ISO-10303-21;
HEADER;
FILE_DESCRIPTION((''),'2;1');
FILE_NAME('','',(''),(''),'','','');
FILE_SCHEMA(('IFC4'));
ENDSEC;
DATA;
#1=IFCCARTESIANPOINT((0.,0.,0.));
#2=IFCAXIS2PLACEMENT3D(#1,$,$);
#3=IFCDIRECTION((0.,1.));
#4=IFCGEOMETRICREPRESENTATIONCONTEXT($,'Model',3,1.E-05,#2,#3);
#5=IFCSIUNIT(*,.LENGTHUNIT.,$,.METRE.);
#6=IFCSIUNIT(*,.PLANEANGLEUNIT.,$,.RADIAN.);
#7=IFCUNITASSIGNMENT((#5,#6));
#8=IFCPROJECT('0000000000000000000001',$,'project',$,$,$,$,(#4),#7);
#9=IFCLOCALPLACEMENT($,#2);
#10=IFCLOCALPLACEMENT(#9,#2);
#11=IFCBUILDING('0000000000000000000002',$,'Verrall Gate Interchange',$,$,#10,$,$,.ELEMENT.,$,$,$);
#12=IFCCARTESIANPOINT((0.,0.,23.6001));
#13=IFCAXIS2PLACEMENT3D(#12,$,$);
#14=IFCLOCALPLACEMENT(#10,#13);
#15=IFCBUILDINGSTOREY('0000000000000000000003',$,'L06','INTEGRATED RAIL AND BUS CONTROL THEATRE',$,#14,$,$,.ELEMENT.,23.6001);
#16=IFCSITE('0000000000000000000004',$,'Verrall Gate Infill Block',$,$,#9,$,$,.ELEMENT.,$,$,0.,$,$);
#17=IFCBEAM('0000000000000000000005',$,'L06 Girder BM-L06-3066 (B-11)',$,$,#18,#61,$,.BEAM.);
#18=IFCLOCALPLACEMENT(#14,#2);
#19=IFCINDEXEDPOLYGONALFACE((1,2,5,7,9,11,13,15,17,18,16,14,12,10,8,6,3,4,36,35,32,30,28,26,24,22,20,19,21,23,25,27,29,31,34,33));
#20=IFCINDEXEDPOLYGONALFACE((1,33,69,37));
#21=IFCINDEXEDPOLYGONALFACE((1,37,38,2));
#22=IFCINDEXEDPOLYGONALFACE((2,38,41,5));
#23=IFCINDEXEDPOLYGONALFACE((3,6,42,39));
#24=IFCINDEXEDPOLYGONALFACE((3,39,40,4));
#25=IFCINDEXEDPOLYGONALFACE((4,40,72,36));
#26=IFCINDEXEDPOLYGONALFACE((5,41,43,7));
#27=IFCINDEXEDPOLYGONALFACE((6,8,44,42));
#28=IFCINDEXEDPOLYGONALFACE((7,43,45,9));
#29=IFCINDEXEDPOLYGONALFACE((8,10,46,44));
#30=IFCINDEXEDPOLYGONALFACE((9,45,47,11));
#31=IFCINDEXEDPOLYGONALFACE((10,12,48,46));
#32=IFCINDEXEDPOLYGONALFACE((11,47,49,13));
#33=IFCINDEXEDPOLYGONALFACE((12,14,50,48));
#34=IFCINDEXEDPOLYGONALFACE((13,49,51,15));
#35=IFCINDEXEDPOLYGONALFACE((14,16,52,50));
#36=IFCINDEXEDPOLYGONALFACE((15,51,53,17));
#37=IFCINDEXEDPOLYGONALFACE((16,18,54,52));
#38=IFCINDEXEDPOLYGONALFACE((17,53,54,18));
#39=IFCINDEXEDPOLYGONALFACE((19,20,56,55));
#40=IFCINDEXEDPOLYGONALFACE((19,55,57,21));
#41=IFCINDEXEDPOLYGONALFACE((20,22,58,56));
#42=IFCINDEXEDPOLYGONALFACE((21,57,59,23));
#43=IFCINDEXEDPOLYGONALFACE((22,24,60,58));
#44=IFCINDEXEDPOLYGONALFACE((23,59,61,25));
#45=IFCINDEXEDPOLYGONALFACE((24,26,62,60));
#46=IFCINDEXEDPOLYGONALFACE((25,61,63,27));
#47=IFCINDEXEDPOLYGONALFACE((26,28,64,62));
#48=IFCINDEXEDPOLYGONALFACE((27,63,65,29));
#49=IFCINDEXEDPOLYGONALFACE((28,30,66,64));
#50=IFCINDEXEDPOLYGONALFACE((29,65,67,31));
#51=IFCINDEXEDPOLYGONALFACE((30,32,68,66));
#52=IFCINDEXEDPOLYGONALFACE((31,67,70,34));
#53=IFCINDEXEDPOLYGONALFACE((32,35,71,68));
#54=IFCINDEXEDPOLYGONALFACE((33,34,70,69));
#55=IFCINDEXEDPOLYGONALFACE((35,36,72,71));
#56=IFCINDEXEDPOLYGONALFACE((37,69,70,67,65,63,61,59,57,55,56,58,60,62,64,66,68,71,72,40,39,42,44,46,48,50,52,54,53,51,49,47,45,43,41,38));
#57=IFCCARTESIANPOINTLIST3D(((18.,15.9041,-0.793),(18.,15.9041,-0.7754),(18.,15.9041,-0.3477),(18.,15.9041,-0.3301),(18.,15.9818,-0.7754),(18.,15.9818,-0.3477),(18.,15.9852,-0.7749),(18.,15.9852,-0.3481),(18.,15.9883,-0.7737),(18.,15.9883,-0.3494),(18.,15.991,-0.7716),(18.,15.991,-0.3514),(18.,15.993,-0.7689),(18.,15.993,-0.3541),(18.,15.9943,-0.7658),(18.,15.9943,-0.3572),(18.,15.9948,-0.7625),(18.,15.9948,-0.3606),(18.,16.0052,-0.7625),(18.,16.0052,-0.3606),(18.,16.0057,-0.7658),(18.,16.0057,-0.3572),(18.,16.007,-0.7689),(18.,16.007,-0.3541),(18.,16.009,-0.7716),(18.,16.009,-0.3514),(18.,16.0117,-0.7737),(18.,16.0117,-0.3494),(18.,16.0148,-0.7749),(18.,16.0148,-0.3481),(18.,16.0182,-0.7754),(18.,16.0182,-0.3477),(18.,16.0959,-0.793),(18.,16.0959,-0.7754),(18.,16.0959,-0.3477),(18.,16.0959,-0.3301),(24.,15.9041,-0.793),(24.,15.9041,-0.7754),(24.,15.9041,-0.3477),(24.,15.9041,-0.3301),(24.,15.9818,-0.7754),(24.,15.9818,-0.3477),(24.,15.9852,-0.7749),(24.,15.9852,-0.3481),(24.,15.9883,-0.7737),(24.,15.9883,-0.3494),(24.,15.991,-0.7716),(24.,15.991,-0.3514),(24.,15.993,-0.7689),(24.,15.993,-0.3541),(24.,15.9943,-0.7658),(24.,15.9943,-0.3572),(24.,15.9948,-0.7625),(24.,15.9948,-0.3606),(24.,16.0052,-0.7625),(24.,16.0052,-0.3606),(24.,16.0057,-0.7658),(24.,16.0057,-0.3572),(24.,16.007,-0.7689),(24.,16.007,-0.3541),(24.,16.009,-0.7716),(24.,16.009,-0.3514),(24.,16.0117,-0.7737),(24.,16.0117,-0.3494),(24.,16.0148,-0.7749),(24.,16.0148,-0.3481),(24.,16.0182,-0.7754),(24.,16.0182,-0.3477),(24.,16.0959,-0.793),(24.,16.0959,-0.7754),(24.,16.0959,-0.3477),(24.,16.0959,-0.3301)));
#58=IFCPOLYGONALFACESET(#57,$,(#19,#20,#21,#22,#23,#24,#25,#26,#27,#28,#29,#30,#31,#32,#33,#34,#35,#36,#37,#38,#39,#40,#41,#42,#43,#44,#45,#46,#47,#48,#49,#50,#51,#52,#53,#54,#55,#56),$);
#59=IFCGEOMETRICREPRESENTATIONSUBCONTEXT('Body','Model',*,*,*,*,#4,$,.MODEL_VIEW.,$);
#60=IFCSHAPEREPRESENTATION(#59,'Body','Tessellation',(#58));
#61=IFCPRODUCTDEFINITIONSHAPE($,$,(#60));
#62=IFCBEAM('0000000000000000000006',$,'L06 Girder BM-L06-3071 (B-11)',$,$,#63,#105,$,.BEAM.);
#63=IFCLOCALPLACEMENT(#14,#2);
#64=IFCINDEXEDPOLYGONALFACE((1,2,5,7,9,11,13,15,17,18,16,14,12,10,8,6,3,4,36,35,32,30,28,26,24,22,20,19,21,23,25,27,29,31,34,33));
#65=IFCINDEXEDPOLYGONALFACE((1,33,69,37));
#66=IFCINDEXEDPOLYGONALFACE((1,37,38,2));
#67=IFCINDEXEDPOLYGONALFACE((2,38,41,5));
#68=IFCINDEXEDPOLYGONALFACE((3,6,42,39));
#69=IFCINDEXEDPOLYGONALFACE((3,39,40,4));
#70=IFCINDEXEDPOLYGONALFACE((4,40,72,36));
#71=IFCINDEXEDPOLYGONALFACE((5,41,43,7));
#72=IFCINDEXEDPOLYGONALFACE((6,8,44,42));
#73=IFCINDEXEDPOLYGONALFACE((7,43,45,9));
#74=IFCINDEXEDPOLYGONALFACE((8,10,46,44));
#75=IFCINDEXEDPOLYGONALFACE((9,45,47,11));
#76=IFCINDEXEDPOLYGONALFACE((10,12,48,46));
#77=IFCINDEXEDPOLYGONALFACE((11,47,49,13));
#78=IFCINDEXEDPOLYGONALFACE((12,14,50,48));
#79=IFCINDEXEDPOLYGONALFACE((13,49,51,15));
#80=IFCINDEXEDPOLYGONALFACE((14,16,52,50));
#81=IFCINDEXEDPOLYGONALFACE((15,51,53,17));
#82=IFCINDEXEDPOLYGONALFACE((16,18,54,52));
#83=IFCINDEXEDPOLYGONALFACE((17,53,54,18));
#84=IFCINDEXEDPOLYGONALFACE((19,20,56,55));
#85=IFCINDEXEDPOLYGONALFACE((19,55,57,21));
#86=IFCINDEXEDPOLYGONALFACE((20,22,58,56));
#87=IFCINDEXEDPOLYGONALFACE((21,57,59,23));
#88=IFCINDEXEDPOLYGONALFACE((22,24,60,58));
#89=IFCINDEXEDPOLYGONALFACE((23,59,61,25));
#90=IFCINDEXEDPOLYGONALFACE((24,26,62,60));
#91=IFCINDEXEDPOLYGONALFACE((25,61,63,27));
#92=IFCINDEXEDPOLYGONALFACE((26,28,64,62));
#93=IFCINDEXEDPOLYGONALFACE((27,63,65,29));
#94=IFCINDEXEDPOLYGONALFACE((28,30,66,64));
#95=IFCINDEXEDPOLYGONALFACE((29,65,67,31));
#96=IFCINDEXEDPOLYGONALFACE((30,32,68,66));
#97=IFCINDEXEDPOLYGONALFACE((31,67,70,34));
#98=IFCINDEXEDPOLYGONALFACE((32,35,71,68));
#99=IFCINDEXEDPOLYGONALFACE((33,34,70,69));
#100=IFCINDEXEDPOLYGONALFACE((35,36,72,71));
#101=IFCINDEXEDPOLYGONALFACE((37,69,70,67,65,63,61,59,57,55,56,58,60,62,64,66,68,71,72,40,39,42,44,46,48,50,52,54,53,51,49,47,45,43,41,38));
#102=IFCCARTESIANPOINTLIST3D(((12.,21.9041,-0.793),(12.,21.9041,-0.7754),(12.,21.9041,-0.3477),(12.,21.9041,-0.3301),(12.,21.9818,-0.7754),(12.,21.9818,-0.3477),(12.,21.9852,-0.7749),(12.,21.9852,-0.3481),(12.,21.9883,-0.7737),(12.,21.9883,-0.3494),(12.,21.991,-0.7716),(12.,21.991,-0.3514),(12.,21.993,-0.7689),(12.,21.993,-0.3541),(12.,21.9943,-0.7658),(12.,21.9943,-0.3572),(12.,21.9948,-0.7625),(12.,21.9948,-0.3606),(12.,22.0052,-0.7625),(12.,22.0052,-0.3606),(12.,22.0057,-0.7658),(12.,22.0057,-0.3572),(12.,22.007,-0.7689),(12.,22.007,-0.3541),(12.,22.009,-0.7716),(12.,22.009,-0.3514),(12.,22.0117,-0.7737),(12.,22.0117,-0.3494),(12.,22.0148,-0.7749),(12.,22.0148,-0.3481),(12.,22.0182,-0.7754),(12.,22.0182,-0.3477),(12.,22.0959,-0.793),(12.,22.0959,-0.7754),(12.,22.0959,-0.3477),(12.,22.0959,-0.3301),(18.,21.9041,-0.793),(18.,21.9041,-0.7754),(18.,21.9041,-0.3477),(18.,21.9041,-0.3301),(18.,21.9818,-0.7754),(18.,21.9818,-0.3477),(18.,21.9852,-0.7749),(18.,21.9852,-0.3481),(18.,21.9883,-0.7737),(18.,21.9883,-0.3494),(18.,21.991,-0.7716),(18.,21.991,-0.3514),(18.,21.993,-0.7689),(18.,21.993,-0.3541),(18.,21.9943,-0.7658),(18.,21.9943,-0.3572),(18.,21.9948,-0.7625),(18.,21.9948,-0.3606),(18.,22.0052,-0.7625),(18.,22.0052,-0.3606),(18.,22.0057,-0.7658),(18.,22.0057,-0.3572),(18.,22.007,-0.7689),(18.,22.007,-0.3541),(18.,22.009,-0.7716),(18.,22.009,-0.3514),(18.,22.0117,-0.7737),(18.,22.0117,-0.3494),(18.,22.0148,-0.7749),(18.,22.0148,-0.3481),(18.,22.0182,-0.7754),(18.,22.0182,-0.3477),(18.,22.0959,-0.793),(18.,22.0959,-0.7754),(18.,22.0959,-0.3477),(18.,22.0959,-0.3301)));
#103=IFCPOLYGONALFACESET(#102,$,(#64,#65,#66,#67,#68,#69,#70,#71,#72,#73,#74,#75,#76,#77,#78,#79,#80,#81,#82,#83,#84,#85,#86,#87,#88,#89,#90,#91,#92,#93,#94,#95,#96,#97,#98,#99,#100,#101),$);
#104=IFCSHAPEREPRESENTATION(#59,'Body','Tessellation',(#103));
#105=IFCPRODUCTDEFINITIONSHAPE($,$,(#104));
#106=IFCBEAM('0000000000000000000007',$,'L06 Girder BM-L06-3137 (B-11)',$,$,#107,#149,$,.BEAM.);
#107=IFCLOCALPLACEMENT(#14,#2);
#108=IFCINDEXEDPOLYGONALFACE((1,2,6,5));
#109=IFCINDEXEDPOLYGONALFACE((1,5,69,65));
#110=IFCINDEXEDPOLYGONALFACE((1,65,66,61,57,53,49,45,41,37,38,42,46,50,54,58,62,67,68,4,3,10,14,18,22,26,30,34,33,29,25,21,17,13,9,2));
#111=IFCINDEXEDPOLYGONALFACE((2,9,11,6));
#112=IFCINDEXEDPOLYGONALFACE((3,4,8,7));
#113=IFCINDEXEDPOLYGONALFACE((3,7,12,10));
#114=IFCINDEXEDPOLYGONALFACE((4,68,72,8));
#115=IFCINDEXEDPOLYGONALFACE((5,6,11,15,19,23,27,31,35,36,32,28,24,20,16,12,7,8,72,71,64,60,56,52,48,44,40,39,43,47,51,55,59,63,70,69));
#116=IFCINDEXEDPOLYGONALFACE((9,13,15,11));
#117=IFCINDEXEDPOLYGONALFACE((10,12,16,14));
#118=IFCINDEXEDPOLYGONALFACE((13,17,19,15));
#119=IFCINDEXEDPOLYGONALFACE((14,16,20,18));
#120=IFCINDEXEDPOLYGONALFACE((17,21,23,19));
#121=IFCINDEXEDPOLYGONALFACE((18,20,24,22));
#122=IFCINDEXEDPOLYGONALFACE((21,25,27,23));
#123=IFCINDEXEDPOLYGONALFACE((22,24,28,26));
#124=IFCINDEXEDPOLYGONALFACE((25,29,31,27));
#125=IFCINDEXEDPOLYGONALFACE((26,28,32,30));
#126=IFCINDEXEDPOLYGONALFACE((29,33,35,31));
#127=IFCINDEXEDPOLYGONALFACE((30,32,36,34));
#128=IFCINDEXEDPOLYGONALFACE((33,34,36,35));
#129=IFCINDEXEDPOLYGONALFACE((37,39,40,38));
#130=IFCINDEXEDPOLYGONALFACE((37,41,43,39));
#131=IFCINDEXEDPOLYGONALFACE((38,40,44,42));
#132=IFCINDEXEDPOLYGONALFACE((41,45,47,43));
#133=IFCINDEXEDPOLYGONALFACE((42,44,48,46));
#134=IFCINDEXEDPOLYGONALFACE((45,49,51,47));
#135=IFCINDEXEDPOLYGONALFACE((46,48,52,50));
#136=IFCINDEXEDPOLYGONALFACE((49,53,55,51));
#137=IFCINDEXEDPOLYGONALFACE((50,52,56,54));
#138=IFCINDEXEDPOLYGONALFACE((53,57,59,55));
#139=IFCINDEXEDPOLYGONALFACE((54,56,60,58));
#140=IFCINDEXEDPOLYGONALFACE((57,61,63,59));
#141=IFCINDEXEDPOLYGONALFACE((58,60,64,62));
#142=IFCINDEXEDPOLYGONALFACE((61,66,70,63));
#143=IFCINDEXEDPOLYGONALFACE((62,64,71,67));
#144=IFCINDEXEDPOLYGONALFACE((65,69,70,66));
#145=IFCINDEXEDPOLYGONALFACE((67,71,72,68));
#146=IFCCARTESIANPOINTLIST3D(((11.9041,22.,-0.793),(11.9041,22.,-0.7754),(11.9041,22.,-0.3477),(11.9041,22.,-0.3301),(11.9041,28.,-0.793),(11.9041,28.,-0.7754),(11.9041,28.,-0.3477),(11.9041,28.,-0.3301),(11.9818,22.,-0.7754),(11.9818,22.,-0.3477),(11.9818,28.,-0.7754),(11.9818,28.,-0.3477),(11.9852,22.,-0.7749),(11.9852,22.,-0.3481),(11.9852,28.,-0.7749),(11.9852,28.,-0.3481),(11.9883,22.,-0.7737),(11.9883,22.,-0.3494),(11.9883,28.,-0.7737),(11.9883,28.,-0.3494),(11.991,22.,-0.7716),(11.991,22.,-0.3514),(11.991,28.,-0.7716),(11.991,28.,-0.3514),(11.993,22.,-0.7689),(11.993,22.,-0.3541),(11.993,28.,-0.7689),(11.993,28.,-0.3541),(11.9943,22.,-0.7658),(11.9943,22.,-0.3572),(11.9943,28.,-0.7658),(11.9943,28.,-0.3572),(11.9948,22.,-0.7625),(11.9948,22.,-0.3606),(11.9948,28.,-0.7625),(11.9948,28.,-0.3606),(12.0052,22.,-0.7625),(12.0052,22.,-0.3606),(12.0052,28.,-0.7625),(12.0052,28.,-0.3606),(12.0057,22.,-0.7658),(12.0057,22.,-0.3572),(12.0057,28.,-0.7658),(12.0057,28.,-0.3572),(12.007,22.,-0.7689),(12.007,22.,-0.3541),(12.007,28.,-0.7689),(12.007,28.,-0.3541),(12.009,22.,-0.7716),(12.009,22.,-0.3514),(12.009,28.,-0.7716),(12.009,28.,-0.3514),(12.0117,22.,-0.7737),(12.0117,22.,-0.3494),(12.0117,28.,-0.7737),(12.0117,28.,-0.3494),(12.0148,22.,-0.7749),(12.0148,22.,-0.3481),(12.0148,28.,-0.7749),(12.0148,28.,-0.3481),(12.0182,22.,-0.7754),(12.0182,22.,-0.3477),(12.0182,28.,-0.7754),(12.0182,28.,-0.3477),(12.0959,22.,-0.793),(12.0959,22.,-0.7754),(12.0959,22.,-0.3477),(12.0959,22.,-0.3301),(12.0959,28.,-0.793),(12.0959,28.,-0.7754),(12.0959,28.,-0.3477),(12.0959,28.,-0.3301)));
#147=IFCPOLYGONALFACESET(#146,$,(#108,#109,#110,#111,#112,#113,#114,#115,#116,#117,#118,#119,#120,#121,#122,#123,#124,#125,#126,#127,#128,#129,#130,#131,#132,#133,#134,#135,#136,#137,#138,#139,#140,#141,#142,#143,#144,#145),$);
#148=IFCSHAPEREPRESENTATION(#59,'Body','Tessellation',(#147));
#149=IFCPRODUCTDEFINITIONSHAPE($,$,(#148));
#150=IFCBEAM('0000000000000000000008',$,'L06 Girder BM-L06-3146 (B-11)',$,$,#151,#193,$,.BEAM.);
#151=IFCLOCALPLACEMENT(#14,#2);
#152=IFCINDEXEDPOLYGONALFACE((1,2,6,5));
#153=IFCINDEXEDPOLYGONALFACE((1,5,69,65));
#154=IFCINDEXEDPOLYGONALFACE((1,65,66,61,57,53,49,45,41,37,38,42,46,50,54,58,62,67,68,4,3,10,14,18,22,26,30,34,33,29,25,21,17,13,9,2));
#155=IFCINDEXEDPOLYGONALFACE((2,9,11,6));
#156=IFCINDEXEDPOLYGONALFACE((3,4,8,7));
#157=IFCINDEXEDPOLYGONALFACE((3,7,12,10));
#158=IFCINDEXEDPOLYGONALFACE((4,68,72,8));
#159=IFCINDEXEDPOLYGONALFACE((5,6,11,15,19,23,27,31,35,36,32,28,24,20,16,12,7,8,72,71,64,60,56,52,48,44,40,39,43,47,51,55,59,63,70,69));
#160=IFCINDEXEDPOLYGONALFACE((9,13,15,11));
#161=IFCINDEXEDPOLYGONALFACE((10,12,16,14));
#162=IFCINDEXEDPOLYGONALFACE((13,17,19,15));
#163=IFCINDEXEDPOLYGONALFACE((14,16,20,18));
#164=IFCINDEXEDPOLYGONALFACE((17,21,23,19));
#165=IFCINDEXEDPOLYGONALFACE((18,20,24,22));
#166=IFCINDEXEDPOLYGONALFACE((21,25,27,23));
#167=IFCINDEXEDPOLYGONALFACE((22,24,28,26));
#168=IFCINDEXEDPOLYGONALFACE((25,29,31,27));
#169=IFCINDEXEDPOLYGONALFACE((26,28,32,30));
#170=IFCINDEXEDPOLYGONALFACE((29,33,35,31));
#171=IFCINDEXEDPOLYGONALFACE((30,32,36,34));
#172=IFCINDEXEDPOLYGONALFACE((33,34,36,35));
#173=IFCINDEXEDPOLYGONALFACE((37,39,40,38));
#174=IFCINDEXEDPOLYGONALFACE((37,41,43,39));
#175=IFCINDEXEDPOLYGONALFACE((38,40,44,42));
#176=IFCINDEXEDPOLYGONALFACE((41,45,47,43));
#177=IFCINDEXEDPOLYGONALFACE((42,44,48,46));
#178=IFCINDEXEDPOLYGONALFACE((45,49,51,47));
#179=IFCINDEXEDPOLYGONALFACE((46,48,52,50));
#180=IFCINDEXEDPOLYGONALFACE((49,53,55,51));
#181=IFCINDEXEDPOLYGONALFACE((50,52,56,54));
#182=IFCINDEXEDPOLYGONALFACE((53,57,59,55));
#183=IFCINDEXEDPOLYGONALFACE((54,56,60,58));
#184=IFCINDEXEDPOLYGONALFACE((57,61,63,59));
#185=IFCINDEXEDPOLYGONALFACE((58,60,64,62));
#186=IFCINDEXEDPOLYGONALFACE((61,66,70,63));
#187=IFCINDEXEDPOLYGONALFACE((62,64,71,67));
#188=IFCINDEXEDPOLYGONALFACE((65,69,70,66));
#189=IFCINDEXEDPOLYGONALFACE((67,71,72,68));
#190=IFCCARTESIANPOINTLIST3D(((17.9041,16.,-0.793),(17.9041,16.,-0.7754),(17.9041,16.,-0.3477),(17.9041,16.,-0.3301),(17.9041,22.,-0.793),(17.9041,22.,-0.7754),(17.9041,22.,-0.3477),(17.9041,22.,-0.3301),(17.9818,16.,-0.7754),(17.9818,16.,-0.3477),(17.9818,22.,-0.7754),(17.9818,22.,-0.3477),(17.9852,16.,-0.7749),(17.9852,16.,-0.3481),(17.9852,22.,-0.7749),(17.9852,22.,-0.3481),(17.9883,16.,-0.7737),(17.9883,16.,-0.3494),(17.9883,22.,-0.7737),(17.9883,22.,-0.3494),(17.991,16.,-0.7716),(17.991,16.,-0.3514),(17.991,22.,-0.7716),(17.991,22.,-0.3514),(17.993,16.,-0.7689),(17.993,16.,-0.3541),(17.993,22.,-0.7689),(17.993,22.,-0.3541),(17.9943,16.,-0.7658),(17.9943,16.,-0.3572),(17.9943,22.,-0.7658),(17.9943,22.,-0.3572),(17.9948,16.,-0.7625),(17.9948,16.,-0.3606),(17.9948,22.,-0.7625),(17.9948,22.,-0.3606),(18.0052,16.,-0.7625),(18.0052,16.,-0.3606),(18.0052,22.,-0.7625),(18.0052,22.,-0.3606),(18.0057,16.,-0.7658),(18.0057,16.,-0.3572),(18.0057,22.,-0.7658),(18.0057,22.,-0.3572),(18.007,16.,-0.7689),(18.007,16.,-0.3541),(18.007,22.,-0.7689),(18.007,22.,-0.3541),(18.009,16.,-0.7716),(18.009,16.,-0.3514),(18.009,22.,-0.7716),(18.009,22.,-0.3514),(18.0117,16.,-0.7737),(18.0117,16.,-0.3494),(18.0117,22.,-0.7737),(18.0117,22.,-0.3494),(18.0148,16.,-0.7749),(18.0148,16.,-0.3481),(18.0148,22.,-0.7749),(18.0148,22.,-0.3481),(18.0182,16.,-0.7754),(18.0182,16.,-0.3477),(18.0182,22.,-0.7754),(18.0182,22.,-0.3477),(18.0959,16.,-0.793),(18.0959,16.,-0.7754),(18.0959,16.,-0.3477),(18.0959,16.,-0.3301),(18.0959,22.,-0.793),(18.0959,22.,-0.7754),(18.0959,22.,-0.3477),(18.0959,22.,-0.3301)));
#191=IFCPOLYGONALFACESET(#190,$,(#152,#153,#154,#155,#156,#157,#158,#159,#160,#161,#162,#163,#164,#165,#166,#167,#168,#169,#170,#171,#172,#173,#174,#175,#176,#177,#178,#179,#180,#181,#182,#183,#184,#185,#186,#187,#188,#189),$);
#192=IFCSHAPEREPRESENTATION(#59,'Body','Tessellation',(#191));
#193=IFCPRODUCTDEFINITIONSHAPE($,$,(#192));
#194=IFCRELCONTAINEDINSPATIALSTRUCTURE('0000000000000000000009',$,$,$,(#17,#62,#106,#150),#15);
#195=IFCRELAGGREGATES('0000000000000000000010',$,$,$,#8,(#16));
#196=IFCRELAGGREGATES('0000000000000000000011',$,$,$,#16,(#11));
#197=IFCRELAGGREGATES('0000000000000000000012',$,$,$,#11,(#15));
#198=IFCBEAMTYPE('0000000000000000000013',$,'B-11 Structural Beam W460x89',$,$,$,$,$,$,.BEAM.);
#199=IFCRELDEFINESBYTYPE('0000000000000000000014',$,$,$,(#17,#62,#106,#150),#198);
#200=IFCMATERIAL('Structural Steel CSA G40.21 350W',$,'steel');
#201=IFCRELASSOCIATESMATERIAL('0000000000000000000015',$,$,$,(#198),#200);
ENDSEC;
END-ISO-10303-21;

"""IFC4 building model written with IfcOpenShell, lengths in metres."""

from ifc_helpers import new_model, si_unit, direction, frame, origin, origin_2d, place, context, subcontext, project, spatial, i_section, extrude, material, material_profile, profile_set, type_object, element, save


model = new_model("IFC4")

# Units and contexts
model_context = context("Model", 3, precision=1e-05, world=origin(), true_north=direction((0.0, 1.0)))
body_context = subcontext(model_context, "Body", "Model", "MODEL_VIEW")
ifc_project = project(units=[si_unit("LENGTHUNIT", "METRE"), si_unit("PLANEANGLEUNIT", "RADIAN")], contexts=[model_context])

# Site, building, storey
site_placement = place(None, origin())
site = spatial("IfcSite", under=ifc_project, at=site_placement, Name="Verrall Gate Infill Block", CompositionType="ELEMENT", RefElevation=0.0)
building_placement = place(site_placement, origin())
building = spatial("IfcBuilding", under=site, at=building_placement, Name="Verrall Gate Interchange", CompositionType="ELEMENT")
storey_placement = place(building_placement, frame((0.0, 0.0, 23.6001)))
storey = spatial("IfcBuildingStorey", under=building, at=storey_placement, Name="L06", Description="INTEGRATED RAIL AND BUS CONTROL THEATRE", CompositionType="ELEMENT", Elevation=23.6001)

# Beams
ifc_material_1 = material(Name="Structural Steel CSA G40.21 350W", Category="steel")
ifc_material_profile_1 = material_profile(ifc_material_1, i_section(OverallWidth=0.1919, OverallDepth=0.4629, WebThickness=0.0105, FlangeThickness=0.0176, FilletRadius=0.0129, at=origin_2d()), Name="W460x89")
ifc_profile_set_1 = profile_set([ifc_material_profile_1], Name="Structural Steel CSA G40.21 350W")
beam_type_1 = type_object("IfcBeamType", Name="B-11 Structural Beam W460x89", PredefinedType="BEAM", material=ifc_profile_set_1)
for number, where, z_axis, x_axis, name in (
    (1, (18.0, 16.0, -0.5615), (1.0, 0.0, 0.0), (0.0, 1.0, 0.0), "L06 Girder BM-L06-3066 (B-11)"),
    (2, (12.0, 22.0, -0.5615), (1.0, 0.0, 0.0), (0.0, 1.0, 0.0), "L06 Girder BM-L06-3071 (B-11)"),
    (3, (12.0, 22.0, -0.5615), (0.0, 1.0, 0.0), (-1.0, 0.0, 0.0), "L06 Girder BM-L06-3137 (B-11)"),
    (4, (18.0, 16.0, -0.5615), (0.0, 1.0, 0.0), (-1.0, 0.0, 0.0), "L06 Girder BM-L06-3146 (B-11)"),
):
    element("IfcBeam", number, at=place(storey_placement, frame(where, z_axis=z_axis, x_axis=x_axis)), inside=storey, type_object=beam_type_1, Name=name, PredefinedType="BEAM", context=body_context, shape_type="SweptSolid", body=[
        extrude(i_section(OverallWidth=0.1919, OverallDepth=0.4629, WebThickness=0.0105, FlangeThickness=0.0176, FilletRadius=0.0129, at=origin_2d()), origin(), (0.0, 0.0, 1.0), 6.0),
    ])

save(model, "model.ifc")
